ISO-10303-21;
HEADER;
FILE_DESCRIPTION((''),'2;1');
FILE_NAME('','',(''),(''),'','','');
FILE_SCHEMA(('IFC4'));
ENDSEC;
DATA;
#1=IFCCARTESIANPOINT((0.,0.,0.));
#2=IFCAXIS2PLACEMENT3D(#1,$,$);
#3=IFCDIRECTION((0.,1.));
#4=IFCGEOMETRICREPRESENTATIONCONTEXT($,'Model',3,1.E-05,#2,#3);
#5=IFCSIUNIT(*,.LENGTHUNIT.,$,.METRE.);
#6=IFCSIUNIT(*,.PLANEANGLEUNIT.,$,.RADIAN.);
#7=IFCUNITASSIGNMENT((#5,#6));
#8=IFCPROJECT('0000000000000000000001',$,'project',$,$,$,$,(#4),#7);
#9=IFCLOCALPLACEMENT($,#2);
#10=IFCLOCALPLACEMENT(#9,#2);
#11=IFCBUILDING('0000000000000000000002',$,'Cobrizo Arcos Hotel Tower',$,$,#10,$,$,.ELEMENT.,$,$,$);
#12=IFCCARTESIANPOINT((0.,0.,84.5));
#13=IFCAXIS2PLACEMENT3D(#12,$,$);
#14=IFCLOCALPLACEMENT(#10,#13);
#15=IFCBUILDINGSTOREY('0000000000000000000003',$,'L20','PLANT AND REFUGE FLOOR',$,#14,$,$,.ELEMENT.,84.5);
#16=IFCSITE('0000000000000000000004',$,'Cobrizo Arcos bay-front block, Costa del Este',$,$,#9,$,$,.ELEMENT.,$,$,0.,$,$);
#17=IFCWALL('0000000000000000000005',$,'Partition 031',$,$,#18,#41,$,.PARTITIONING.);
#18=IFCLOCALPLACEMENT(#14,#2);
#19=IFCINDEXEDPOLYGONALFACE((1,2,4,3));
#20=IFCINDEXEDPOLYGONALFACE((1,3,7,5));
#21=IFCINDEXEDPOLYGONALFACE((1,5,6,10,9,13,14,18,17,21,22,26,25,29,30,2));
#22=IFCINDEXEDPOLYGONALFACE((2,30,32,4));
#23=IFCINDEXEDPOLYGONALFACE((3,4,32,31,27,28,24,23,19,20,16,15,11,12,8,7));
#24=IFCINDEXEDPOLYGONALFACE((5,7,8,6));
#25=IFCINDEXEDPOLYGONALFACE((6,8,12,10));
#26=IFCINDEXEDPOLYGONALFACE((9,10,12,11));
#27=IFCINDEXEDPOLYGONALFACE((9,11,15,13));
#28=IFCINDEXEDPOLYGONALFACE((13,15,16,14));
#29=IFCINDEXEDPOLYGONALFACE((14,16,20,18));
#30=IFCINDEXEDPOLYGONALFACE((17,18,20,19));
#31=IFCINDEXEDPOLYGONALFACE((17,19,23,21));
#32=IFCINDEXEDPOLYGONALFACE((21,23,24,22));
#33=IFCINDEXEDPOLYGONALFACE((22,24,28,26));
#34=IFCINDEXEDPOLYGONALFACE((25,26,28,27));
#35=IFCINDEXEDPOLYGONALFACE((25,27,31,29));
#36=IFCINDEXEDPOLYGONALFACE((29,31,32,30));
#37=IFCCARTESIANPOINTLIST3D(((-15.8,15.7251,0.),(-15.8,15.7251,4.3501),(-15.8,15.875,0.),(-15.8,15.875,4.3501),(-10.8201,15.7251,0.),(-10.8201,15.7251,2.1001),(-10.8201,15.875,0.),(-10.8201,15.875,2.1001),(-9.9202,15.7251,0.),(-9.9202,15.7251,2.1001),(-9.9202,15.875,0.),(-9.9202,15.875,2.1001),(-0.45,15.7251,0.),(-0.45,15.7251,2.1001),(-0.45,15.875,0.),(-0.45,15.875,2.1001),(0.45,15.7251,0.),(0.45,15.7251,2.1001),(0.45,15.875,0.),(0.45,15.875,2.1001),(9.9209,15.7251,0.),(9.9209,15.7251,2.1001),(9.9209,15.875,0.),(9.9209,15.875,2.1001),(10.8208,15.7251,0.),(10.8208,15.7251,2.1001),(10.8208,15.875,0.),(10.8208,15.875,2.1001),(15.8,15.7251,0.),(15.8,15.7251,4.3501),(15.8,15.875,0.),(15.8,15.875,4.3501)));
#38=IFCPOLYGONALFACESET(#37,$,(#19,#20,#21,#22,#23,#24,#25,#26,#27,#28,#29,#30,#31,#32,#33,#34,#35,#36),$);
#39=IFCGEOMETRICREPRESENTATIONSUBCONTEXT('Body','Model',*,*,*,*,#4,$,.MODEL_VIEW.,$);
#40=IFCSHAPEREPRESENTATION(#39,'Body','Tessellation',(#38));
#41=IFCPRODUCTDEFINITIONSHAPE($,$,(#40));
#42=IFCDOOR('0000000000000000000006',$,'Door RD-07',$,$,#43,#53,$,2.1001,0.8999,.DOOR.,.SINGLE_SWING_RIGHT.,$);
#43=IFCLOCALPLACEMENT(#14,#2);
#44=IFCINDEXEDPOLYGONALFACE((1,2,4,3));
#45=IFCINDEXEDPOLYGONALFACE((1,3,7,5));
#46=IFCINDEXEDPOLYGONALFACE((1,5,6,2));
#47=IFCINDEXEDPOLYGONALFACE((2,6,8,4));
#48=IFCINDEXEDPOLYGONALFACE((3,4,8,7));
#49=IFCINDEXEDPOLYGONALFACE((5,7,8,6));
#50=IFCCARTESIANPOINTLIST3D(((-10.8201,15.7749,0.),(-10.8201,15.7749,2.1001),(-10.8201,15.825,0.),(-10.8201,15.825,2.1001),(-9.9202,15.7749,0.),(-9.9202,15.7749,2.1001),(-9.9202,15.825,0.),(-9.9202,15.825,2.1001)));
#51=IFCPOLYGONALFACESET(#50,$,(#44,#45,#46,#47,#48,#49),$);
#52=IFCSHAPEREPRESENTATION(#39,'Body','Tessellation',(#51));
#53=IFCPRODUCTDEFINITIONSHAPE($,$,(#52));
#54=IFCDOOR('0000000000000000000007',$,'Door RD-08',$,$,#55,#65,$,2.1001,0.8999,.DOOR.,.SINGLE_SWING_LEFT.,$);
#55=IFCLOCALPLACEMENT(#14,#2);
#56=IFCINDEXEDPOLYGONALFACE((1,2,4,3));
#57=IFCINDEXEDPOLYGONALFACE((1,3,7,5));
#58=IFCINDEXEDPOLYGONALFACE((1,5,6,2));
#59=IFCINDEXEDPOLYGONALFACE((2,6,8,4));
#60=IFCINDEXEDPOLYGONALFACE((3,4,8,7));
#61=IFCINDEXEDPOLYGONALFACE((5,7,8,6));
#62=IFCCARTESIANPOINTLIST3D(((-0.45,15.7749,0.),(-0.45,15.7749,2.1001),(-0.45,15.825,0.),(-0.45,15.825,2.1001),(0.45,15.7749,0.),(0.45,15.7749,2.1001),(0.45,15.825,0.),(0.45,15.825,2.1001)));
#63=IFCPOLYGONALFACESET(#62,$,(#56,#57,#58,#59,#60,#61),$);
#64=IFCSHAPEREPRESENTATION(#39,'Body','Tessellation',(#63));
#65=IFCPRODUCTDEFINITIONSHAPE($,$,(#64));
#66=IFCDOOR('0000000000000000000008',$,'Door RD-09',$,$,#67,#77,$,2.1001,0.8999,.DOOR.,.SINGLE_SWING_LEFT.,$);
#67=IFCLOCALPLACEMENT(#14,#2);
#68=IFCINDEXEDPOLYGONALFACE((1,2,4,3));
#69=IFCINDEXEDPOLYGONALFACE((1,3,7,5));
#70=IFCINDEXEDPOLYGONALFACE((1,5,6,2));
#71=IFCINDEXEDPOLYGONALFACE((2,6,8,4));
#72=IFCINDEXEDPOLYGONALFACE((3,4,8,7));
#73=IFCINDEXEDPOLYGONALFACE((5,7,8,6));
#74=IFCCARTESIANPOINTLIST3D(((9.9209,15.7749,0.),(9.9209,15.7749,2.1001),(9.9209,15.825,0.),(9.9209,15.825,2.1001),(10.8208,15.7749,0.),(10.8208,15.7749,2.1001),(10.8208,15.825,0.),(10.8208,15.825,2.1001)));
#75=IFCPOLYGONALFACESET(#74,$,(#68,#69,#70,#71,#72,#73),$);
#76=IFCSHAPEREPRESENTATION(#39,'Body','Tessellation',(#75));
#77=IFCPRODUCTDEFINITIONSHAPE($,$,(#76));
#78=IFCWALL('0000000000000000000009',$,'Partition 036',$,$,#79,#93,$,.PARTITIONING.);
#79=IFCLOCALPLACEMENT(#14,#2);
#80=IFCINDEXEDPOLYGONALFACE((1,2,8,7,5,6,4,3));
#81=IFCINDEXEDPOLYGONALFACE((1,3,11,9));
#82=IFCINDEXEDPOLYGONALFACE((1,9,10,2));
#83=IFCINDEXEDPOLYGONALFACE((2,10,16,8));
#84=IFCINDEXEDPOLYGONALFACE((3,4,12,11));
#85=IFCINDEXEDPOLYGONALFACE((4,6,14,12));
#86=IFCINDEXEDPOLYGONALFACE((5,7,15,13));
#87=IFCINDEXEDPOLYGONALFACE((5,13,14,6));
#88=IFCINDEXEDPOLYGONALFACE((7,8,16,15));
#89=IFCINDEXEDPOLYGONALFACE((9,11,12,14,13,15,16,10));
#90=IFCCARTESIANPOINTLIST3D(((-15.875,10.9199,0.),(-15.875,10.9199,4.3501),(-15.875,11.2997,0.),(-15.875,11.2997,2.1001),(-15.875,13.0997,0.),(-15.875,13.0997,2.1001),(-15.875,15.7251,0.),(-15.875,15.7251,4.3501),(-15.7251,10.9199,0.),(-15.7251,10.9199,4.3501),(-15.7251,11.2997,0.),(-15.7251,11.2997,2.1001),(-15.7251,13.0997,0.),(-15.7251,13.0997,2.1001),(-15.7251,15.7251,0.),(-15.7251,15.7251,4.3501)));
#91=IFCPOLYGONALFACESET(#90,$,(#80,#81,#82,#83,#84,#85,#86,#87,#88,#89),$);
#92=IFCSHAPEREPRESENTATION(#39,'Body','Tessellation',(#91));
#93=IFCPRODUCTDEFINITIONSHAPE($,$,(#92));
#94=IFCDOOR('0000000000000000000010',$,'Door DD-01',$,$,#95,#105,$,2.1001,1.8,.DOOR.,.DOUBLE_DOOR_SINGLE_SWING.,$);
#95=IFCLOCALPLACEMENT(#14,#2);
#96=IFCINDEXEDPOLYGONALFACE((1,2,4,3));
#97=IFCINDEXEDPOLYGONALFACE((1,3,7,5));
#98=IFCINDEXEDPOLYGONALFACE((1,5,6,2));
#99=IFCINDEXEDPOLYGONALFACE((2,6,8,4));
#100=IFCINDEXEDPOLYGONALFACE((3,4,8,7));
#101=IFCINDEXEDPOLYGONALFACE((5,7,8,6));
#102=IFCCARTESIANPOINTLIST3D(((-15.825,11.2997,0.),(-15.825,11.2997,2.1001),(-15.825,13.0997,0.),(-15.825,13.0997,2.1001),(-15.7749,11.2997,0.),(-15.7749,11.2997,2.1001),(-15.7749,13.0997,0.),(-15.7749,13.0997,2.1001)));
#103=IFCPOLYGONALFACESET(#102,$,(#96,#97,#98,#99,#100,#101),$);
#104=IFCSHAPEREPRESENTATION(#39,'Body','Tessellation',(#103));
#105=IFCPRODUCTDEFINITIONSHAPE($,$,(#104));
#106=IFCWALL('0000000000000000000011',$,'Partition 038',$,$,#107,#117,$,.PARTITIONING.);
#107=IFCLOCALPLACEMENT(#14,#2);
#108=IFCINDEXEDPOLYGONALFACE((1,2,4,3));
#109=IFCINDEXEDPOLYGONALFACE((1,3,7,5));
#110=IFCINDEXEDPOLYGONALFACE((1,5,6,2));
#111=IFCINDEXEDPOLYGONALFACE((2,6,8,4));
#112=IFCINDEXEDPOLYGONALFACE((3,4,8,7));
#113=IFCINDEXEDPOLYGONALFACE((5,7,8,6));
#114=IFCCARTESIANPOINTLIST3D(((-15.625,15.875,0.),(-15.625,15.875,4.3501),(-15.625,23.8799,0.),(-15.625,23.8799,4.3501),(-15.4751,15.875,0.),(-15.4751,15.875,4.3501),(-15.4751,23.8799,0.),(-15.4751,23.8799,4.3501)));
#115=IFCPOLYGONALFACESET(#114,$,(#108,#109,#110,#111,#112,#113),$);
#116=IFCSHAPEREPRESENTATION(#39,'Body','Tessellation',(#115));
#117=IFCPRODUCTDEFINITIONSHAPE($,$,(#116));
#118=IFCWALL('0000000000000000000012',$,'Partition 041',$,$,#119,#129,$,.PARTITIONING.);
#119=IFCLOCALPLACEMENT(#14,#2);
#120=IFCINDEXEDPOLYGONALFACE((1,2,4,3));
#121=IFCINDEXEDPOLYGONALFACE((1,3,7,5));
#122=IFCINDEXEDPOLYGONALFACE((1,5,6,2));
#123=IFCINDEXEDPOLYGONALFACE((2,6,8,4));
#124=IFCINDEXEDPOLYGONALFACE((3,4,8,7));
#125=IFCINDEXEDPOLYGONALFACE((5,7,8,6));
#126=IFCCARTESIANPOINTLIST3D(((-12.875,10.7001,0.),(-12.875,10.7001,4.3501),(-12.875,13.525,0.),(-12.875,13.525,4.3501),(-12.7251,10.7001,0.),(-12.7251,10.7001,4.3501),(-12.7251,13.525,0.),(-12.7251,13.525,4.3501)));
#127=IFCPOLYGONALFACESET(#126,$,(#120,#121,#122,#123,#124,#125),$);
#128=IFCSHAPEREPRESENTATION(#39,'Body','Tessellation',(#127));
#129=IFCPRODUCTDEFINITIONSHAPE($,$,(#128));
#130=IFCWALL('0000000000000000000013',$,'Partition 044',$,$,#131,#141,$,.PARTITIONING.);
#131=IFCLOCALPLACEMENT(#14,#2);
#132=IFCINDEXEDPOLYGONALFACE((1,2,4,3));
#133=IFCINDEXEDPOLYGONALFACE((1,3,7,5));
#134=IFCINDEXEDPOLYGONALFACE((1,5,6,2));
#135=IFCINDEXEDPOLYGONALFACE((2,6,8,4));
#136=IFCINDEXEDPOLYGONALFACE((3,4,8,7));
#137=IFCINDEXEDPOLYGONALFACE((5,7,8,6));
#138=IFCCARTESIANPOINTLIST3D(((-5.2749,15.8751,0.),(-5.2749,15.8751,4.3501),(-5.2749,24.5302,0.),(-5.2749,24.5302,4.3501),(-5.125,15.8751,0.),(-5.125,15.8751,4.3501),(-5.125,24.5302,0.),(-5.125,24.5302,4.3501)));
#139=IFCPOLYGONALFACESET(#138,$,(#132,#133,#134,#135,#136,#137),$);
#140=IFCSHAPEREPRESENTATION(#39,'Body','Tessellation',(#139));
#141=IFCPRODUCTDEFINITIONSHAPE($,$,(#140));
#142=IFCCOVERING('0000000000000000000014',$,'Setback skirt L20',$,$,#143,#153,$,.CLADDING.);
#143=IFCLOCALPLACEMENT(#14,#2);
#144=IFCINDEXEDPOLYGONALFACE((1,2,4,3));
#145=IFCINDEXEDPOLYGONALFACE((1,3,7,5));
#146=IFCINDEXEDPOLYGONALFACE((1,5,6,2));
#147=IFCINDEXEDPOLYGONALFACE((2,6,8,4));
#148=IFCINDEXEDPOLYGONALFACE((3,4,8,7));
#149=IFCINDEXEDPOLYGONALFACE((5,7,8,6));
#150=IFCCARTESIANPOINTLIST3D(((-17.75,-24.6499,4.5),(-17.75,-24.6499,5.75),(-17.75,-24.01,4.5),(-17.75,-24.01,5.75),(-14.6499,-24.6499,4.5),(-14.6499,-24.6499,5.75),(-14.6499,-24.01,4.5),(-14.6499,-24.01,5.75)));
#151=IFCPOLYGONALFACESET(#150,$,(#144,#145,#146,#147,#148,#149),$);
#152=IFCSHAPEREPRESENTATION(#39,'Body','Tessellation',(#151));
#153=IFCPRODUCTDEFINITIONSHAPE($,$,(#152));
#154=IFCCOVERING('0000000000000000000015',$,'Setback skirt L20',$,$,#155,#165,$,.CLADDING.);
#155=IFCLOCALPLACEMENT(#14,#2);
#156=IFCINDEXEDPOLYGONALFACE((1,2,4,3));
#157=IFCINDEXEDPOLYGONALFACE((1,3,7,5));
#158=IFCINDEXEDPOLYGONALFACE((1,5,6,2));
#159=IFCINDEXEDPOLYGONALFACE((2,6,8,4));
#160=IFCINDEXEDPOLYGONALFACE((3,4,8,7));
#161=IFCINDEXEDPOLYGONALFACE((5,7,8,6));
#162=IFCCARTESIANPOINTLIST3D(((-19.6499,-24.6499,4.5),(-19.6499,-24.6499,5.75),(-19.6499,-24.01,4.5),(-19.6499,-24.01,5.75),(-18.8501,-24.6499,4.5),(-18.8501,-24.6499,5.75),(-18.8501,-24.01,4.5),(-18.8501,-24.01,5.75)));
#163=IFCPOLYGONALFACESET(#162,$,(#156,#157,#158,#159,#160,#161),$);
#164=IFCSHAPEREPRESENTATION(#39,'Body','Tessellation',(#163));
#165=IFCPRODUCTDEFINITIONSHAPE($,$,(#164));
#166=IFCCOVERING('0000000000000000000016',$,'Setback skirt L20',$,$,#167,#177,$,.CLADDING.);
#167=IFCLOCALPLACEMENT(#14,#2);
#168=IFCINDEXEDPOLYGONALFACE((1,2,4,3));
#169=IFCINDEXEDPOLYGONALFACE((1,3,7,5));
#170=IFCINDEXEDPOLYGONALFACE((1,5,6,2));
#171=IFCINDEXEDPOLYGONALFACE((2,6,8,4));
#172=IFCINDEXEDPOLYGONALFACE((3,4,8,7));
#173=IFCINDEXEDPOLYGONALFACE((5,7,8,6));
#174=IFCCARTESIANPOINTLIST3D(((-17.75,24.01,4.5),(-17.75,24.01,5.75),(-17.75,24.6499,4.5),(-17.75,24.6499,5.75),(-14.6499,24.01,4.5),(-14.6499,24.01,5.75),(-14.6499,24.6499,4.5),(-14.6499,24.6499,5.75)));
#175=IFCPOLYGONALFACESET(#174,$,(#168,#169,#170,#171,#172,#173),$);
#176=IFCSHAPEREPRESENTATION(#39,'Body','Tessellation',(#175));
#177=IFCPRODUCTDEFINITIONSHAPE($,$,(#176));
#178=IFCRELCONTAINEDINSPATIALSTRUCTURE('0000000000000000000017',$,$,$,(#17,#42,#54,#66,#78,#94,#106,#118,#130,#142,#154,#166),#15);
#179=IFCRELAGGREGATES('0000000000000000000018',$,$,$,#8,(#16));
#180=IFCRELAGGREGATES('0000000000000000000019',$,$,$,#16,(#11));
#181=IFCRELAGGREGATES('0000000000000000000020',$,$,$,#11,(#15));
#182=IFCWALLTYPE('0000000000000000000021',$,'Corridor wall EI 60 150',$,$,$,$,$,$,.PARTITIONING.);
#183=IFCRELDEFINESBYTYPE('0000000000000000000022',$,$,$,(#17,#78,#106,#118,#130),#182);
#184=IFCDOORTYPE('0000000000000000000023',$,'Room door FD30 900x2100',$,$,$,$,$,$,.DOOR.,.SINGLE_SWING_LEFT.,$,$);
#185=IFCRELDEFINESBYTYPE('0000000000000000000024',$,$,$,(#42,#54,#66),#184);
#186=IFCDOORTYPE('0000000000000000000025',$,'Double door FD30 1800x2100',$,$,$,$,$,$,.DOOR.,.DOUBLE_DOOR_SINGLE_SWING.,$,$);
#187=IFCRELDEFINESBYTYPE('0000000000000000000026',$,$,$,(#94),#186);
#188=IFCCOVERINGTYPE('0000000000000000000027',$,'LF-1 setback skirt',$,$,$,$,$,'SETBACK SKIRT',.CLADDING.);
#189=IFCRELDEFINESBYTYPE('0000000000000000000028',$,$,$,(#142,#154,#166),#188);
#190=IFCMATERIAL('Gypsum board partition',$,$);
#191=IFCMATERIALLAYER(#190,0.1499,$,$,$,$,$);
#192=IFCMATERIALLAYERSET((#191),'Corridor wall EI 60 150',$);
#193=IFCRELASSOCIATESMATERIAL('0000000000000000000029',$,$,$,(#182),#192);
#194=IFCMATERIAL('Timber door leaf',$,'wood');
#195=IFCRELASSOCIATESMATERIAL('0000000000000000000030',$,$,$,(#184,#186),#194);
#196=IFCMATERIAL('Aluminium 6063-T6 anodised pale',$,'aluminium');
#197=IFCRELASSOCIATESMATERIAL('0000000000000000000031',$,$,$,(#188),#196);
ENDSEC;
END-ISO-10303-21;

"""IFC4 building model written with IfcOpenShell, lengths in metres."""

from ifc_helpers import new_model, si_unit, direction, frame, frame_2d, origin, place, context, subcontext, project, spatial, polyline, rectangle, outline, extrude, material, layer, layer_set, type_object, element, fill, save


model = new_model("IFC4")

# Units and contexts
model_context = context("Model", 3, precision=1e-05, world=origin(), true_north=direction((0.0, 1.0)))
body_context = subcontext(model_context, "Body", "Model", "MODEL_VIEW")
ifc_project = project(units=[si_unit("LENGTHUNIT", "METRE"), si_unit("PLANEANGLEUNIT", "RADIAN")], contexts=[model_context])

# Site, building, storey
site_placement = place(None, origin())
site = spatial("IfcSite", under=ifc_project, at=site_placement, Name="Cobrizo Arcos bay-front block, Costa del Este", CompositionType="ELEMENT", RefElevation=0.0)
building_placement = place(site_placement, origin())
building = spatial("IfcBuilding", under=site, at=building_placement, Name="Cobrizo Arcos Hotel Tower", CompositionType="ELEMENT")
storey_placement = place(building_placement, frame((0.0, 0.0, 84.5)))
storey = spatial("IfcBuildingStorey", under=building, at=storey_placement, Name="L20", Description="PLANT AND REFUGE FLOOR", CompositionType="ELEMENT", Elevation=84.5)

# Wall, openings, doors
ifc_material_1 = material(Name="Gypsum board partition")
ifc_layer = layer(ifc_material_1, 0.1499)
ifc_layer_set = layer_set([ifc_layer], Name="Corridor wall EI 60 150")
wall_type = type_object("IfcWallType", Name="Corridor wall EI 60 150", PredefinedType="PARTITIONING", material=ifc_layer_set)
ifc_material_2 = material(Name="Timber door leaf", Category="wood")
door_type_1 = type_object("IfcDoorType", Name="Room door FD30 900x2100", OperationType="SINGLE_SWING_LEFT", PredefinedType="DOOR", material=ifc_material_2)
wall_1_placement = place(storey_placement, frame((-15.8, 15.8, 0.0), z_axis=(0.0, 0.0, 1.0), x_axis=(1.0, 0.0, 0.0)))
wall_1 = element("IfcWall", 1, at=wall_1_placement, inside=storey, type_object=wall_type, Name="Partition 031", PredefinedType="PARTITIONING", context=body_context, shape_type="SweptSolid", body=[
    extrude(rectangle(XDim=31.6001, YDim=0.1499, at=frame_2d((15.8, 0.0))), origin(), (0.0, 0.0, 1.0), 4.3501),
])
opening_1_placement = place(wall_1_placement, frame((4.98, 0.0, 0.0)))
opening_1 = element("IfcOpeningElement", 2, at=opening_1_placement, cuts=wall_1, PredefinedType="OPENING", context=body_context, shape_type="SweptSolid", body=[
    extrude(rectangle(XDim=0.8999, YDim=2.1001, at=frame_2d((0.45, 1.05))), frame((0.0, 0.0869, 0.0), z_axis=(0.0, -1.0, 0.0), x_axis=(1.0, 0.0, 0.0)), (0.0, 0.0, 1.0), 0.1738),
])
opening_2_placement = place(wall_1_placement, frame((15.3501, 0.0, 0.0)))
opening_2 = element("IfcOpeningElement", 3, at=opening_2_placement, cuts=wall_1, PredefinedType="OPENING", context=body_context, shape_type="SweptSolid", body=[
    extrude(rectangle(XDim=0.8999, YDim=2.1001, at=frame_2d((0.45, 1.05))), frame((0.0, 0.0869, 0.0), z_axis=(0.0, -1.0, 0.0), x_axis=(1.0, 0.0, 0.0)), (0.0, 0.0, 1.0), 0.1738),
])
opening_3_placement = place(wall_1_placement, frame((25.7209, 0.0, 0.0)))
opening_3 = element("IfcOpeningElement", 4, at=opening_3_placement, cuts=wall_1, PredefinedType="OPENING", context=body_context, shape_type="SweptSolid", body=[
    extrude(rectangle(XDim=0.8999, YDim=2.1001, at=frame_2d((0.45, 1.05))), frame((0.0, 0.0869, 0.0), z_axis=(0.0, -1.0, 0.0), x_axis=(1.0, 0.0, 0.0)), (0.0, 0.0, 1.0), 0.1738),
])
door_1_placement = place(opening_1_placement, origin())
door_1 = element("IfcDoor", 5, at=door_1_placement, inside=storey, type_object=door_type_1, Name="Door RD-07", OperationType="SINGLE_SWING_RIGHT", OverallHeight=2.1001, OverallWidth=0.8999, PredefinedType="DOOR", context=body_context, shape_type="SweptSolid", body=[
    extrude(rectangle(XDim=0.8999, YDim=2.1001, at=frame_2d((0.45, 1.05))), frame((0.0, 0.0249, 0.0), z_axis=(0.0, -1.0, 0.0), x_axis=(1.0, 0.0, 0.0)), (0.0, 0.0, 1.0), 0.05),
])
fill(opening_1, door_1)
door_2_placement = place(opening_2_placement, origin())
door_2 = element("IfcDoor", 6, at=door_2_placement, inside=storey, type_object=door_type_1, Name="Door RD-08", OperationType="SINGLE_SWING_LEFT", OverallHeight=2.1001, OverallWidth=0.8999, PredefinedType="DOOR", context=body_context, shape_type="SweptSolid", body=[
    extrude(rectangle(XDim=0.8999, YDim=2.1001, at=frame_2d((0.45, 1.05))), frame((0.0, 0.0249, 0.0), z_axis=(0.0, -1.0, 0.0), x_axis=(1.0, 0.0, 0.0)), (0.0, 0.0, 1.0), 0.05),
])
fill(opening_2, door_2)
door_3_placement = place(opening_3_placement, origin())
door_3 = element("IfcDoor", 7, at=door_3_placement, inside=storey, type_object=door_type_1, Name="Door RD-09", OperationType="SINGLE_SWING_LEFT", OverallHeight=2.1001, OverallWidth=0.8999, PredefinedType="DOOR", context=body_context, shape_type="SweptSolid", body=[
    extrude(rectangle(XDim=0.8999, YDim=2.1001, at=frame_2d((0.45, 1.05))), frame((0.0, 0.0249, 0.0), z_axis=(0.0, -1.0, 0.0), x_axis=(1.0, 0.0, 0.0)), (0.0, 0.0, 1.0), 0.05),
])
fill(opening_3, door_3)

# Wall, opening, door
wall_2_placement = place(storey_placement, frame((-15.8, 10.9199, 0.0), z_axis=(0.0, 0.0, 1.0), x_axis=(0.0, 1.0, 0.0)))
wall_2 = element("IfcWall", 8, at=wall_2_placement, inside=storey, type_object=wall_type, Name="Partition 036", PredefinedType="PARTITIONING", context=body_context, shape_type="SweptSolid", body=[
    extrude(rectangle(XDim=4.8052, YDim=0.1499, at=frame_2d((2.4026, 0.0))), origin(), (0.0, 0.0, 1.0), 4.3501),
])
opening_4_placement = place(wall_2_placement, frame((0.3799, 0.0, 0.0)))
opening_4 = element("IfcOpeningElement", 9, at=opening_4_placement, cuts=wall_2, PredefinedType="OPENING", context=body_context, shape_type="SweptSolid", body=[
    extrude(rectangle(XDim=1.8, YDim=2.1001, at=frame_2d((0.8999, 1.05))), frame((0.0, 0.0869, 0.0), z_axis=(0.0, -1.0, 0.0), x_axis=(1.0, 0.0, 0.0)), (0.0, 0.0, 1.0), 0.1738),
])
door_type_2 = type_object("IfcDoorType", Name="Double door FD30 1800x2100", OperationType="DOUBLE_DOOR_SINGLE_SWING", PredefinedType="DOOR", material=ifc_material_2)
door_4_placement = place(opening_4_placement, origin())
door_4 = element("IfcDoor", 10, at=door_4_placement, inside=storey, type_object=door_type_2, Name="Door DD-01", OperationType="DOUBLE_DOOR_SINGLE_SWING", OverallHeight=2.1001, OverallWidth=1.8, PredefinedType="DOOR", context=body_context, shape_type="SweptSolid", body=[
    extrude(rectangle(XDim=1.8, YDim=2.1001, at=frame_2d((0.8999, 1.05))), frame((0.0, 0.0249, 0.0), z_axis=(0.0, -1.0, 0.0), x_axis=(1.0, 0.0, 0.0)), (0.0, 0.0, 1.0), 0.05),
])
fill(opening_4, door_4)

# Walls
wall_3_placement = place(storey_placement, frame((-15.55, 15.875, 0.0), z_axis=(0.0, 0.0, 1.0), x_axis=(0.0, 1.0, 0.0)))
element("IfcWall", 11, at=wall_3_placement, inside=storey, type_object=wall_type, Name="Partition 038", PredefinedType="PARTITIONING", context=body_context, shape_type="SweptSolid", body=[
    extrude(rectangle(XDim=8.0049, YDim=0.1499, at=frame_2d((4.0024, 0.0))), origin(), (0.0, 0.0, 1.0), 4.3501),
])
wall_4_placement = place(storey_placement, frame((-12.8, 10.7, 0.0), z_axis=(0.0, 0.0, 1.0), x_axis=(0.0, 1.0, 0.0)))
element("IfcWall", 12, at=wall_4_placement, inside=storey, type_object=wall_type, Name="Partition 041", PredefinedType="PARTITIONING", context=body_context, shape_type="SweptSolid", body=[
    extrude(rectangle(XDim=2.825, YDim=0.1499, at=frame_2d((1.4126, 0.0))), origin(), (0.0, 0.0, 1.0), 4.3501),
])
wall_5_placement = place(storey_placement, frame((-5.2, 15.875, 0.0), z_axis=(0.0, 0.0, 1.0), x_axis=(0.0, 1.0, 0.0)))
element("IfcWall", 13, at=wall_5_placement, inside=storey, type_object=wall_type, Name="Partition 044", PredefinedType="PARTITIONING", context=body_context, shape_type="SweptSolid", body=[
    extrude(rectangle(XDim=8.655, YDim=0.1499, at=frame_2d((4.3276, 0.0))), origin(), (0.0, 0.0, 1.0), 4.3501),
])

# Coverings
ifc_material_3 = material(Name="Aluminium 6063-T6 anodised pale", Category="aluminium")
covering_type = type_object("IfcCoveringType", Name="LF-1 setback skirt", ElementType="SETBACK SKIRT", PredefinedType="CLADDING", material=ifc_material_3)
covering_1_placement = place(storey_placement, frame((0.0, 0.0, 4.5)))
element("IfcCovering", 14, at=covering_1_placement, inside=storey, type_object=covering_type, Name="Setback skirt L20", PredefinedType="CLADDING", context=body_context, shape_type="SweptSolid", body=[
    extrude(outline(polyline([(-17.75, -24.01), (-17.75, -24.6499), (-14.6499, -24.6499), (-14.6499, -24.01), (-17.75, -24.01)])), origin(), (0.0, 0.0, 1.0), 1.25),
])
covering_2_placement = place(storey_placement, frame((0.0, 0.0, 4.5)))
element("IfcCovering", 15, at=covering_2_placement, inside=storey, type_object=covering_type, Name="Setback skirt L20", PredefinedType="CLADDING", context=body_context, shape_type="SweptSolid", body=[
    extrude(outline(polyline([(-18.8501, -24.01), (-19.6499, -24.01), (-19.6499, -24.6499), (-18.8501, -24.6499), (-18.8501, -24.01)])), origin(), (0.0, 0.0, 1.0), 1.25),
])
covering_3_placement = place(storey_placement, frame((0.0, 0.0, 4.5)))
element("IfcCovering", 16, at=covering_3_placement, inside=storey, type_object=covering_type, Name="Setback skirt L20", PredefinedType="CLADDING", context=body_context, shape_type="SweptSolid", body=[
    extrude(outline(polyline([(-17.75, 24.01), (-14.6499, 24.01), (-14.6499, 24.6499), (-17.75, 24.6499), (-17.75, 24.01)])), origin(), (0.0, 0.0, 1.0), 1.25),
])

save(model, "model.ifc")
